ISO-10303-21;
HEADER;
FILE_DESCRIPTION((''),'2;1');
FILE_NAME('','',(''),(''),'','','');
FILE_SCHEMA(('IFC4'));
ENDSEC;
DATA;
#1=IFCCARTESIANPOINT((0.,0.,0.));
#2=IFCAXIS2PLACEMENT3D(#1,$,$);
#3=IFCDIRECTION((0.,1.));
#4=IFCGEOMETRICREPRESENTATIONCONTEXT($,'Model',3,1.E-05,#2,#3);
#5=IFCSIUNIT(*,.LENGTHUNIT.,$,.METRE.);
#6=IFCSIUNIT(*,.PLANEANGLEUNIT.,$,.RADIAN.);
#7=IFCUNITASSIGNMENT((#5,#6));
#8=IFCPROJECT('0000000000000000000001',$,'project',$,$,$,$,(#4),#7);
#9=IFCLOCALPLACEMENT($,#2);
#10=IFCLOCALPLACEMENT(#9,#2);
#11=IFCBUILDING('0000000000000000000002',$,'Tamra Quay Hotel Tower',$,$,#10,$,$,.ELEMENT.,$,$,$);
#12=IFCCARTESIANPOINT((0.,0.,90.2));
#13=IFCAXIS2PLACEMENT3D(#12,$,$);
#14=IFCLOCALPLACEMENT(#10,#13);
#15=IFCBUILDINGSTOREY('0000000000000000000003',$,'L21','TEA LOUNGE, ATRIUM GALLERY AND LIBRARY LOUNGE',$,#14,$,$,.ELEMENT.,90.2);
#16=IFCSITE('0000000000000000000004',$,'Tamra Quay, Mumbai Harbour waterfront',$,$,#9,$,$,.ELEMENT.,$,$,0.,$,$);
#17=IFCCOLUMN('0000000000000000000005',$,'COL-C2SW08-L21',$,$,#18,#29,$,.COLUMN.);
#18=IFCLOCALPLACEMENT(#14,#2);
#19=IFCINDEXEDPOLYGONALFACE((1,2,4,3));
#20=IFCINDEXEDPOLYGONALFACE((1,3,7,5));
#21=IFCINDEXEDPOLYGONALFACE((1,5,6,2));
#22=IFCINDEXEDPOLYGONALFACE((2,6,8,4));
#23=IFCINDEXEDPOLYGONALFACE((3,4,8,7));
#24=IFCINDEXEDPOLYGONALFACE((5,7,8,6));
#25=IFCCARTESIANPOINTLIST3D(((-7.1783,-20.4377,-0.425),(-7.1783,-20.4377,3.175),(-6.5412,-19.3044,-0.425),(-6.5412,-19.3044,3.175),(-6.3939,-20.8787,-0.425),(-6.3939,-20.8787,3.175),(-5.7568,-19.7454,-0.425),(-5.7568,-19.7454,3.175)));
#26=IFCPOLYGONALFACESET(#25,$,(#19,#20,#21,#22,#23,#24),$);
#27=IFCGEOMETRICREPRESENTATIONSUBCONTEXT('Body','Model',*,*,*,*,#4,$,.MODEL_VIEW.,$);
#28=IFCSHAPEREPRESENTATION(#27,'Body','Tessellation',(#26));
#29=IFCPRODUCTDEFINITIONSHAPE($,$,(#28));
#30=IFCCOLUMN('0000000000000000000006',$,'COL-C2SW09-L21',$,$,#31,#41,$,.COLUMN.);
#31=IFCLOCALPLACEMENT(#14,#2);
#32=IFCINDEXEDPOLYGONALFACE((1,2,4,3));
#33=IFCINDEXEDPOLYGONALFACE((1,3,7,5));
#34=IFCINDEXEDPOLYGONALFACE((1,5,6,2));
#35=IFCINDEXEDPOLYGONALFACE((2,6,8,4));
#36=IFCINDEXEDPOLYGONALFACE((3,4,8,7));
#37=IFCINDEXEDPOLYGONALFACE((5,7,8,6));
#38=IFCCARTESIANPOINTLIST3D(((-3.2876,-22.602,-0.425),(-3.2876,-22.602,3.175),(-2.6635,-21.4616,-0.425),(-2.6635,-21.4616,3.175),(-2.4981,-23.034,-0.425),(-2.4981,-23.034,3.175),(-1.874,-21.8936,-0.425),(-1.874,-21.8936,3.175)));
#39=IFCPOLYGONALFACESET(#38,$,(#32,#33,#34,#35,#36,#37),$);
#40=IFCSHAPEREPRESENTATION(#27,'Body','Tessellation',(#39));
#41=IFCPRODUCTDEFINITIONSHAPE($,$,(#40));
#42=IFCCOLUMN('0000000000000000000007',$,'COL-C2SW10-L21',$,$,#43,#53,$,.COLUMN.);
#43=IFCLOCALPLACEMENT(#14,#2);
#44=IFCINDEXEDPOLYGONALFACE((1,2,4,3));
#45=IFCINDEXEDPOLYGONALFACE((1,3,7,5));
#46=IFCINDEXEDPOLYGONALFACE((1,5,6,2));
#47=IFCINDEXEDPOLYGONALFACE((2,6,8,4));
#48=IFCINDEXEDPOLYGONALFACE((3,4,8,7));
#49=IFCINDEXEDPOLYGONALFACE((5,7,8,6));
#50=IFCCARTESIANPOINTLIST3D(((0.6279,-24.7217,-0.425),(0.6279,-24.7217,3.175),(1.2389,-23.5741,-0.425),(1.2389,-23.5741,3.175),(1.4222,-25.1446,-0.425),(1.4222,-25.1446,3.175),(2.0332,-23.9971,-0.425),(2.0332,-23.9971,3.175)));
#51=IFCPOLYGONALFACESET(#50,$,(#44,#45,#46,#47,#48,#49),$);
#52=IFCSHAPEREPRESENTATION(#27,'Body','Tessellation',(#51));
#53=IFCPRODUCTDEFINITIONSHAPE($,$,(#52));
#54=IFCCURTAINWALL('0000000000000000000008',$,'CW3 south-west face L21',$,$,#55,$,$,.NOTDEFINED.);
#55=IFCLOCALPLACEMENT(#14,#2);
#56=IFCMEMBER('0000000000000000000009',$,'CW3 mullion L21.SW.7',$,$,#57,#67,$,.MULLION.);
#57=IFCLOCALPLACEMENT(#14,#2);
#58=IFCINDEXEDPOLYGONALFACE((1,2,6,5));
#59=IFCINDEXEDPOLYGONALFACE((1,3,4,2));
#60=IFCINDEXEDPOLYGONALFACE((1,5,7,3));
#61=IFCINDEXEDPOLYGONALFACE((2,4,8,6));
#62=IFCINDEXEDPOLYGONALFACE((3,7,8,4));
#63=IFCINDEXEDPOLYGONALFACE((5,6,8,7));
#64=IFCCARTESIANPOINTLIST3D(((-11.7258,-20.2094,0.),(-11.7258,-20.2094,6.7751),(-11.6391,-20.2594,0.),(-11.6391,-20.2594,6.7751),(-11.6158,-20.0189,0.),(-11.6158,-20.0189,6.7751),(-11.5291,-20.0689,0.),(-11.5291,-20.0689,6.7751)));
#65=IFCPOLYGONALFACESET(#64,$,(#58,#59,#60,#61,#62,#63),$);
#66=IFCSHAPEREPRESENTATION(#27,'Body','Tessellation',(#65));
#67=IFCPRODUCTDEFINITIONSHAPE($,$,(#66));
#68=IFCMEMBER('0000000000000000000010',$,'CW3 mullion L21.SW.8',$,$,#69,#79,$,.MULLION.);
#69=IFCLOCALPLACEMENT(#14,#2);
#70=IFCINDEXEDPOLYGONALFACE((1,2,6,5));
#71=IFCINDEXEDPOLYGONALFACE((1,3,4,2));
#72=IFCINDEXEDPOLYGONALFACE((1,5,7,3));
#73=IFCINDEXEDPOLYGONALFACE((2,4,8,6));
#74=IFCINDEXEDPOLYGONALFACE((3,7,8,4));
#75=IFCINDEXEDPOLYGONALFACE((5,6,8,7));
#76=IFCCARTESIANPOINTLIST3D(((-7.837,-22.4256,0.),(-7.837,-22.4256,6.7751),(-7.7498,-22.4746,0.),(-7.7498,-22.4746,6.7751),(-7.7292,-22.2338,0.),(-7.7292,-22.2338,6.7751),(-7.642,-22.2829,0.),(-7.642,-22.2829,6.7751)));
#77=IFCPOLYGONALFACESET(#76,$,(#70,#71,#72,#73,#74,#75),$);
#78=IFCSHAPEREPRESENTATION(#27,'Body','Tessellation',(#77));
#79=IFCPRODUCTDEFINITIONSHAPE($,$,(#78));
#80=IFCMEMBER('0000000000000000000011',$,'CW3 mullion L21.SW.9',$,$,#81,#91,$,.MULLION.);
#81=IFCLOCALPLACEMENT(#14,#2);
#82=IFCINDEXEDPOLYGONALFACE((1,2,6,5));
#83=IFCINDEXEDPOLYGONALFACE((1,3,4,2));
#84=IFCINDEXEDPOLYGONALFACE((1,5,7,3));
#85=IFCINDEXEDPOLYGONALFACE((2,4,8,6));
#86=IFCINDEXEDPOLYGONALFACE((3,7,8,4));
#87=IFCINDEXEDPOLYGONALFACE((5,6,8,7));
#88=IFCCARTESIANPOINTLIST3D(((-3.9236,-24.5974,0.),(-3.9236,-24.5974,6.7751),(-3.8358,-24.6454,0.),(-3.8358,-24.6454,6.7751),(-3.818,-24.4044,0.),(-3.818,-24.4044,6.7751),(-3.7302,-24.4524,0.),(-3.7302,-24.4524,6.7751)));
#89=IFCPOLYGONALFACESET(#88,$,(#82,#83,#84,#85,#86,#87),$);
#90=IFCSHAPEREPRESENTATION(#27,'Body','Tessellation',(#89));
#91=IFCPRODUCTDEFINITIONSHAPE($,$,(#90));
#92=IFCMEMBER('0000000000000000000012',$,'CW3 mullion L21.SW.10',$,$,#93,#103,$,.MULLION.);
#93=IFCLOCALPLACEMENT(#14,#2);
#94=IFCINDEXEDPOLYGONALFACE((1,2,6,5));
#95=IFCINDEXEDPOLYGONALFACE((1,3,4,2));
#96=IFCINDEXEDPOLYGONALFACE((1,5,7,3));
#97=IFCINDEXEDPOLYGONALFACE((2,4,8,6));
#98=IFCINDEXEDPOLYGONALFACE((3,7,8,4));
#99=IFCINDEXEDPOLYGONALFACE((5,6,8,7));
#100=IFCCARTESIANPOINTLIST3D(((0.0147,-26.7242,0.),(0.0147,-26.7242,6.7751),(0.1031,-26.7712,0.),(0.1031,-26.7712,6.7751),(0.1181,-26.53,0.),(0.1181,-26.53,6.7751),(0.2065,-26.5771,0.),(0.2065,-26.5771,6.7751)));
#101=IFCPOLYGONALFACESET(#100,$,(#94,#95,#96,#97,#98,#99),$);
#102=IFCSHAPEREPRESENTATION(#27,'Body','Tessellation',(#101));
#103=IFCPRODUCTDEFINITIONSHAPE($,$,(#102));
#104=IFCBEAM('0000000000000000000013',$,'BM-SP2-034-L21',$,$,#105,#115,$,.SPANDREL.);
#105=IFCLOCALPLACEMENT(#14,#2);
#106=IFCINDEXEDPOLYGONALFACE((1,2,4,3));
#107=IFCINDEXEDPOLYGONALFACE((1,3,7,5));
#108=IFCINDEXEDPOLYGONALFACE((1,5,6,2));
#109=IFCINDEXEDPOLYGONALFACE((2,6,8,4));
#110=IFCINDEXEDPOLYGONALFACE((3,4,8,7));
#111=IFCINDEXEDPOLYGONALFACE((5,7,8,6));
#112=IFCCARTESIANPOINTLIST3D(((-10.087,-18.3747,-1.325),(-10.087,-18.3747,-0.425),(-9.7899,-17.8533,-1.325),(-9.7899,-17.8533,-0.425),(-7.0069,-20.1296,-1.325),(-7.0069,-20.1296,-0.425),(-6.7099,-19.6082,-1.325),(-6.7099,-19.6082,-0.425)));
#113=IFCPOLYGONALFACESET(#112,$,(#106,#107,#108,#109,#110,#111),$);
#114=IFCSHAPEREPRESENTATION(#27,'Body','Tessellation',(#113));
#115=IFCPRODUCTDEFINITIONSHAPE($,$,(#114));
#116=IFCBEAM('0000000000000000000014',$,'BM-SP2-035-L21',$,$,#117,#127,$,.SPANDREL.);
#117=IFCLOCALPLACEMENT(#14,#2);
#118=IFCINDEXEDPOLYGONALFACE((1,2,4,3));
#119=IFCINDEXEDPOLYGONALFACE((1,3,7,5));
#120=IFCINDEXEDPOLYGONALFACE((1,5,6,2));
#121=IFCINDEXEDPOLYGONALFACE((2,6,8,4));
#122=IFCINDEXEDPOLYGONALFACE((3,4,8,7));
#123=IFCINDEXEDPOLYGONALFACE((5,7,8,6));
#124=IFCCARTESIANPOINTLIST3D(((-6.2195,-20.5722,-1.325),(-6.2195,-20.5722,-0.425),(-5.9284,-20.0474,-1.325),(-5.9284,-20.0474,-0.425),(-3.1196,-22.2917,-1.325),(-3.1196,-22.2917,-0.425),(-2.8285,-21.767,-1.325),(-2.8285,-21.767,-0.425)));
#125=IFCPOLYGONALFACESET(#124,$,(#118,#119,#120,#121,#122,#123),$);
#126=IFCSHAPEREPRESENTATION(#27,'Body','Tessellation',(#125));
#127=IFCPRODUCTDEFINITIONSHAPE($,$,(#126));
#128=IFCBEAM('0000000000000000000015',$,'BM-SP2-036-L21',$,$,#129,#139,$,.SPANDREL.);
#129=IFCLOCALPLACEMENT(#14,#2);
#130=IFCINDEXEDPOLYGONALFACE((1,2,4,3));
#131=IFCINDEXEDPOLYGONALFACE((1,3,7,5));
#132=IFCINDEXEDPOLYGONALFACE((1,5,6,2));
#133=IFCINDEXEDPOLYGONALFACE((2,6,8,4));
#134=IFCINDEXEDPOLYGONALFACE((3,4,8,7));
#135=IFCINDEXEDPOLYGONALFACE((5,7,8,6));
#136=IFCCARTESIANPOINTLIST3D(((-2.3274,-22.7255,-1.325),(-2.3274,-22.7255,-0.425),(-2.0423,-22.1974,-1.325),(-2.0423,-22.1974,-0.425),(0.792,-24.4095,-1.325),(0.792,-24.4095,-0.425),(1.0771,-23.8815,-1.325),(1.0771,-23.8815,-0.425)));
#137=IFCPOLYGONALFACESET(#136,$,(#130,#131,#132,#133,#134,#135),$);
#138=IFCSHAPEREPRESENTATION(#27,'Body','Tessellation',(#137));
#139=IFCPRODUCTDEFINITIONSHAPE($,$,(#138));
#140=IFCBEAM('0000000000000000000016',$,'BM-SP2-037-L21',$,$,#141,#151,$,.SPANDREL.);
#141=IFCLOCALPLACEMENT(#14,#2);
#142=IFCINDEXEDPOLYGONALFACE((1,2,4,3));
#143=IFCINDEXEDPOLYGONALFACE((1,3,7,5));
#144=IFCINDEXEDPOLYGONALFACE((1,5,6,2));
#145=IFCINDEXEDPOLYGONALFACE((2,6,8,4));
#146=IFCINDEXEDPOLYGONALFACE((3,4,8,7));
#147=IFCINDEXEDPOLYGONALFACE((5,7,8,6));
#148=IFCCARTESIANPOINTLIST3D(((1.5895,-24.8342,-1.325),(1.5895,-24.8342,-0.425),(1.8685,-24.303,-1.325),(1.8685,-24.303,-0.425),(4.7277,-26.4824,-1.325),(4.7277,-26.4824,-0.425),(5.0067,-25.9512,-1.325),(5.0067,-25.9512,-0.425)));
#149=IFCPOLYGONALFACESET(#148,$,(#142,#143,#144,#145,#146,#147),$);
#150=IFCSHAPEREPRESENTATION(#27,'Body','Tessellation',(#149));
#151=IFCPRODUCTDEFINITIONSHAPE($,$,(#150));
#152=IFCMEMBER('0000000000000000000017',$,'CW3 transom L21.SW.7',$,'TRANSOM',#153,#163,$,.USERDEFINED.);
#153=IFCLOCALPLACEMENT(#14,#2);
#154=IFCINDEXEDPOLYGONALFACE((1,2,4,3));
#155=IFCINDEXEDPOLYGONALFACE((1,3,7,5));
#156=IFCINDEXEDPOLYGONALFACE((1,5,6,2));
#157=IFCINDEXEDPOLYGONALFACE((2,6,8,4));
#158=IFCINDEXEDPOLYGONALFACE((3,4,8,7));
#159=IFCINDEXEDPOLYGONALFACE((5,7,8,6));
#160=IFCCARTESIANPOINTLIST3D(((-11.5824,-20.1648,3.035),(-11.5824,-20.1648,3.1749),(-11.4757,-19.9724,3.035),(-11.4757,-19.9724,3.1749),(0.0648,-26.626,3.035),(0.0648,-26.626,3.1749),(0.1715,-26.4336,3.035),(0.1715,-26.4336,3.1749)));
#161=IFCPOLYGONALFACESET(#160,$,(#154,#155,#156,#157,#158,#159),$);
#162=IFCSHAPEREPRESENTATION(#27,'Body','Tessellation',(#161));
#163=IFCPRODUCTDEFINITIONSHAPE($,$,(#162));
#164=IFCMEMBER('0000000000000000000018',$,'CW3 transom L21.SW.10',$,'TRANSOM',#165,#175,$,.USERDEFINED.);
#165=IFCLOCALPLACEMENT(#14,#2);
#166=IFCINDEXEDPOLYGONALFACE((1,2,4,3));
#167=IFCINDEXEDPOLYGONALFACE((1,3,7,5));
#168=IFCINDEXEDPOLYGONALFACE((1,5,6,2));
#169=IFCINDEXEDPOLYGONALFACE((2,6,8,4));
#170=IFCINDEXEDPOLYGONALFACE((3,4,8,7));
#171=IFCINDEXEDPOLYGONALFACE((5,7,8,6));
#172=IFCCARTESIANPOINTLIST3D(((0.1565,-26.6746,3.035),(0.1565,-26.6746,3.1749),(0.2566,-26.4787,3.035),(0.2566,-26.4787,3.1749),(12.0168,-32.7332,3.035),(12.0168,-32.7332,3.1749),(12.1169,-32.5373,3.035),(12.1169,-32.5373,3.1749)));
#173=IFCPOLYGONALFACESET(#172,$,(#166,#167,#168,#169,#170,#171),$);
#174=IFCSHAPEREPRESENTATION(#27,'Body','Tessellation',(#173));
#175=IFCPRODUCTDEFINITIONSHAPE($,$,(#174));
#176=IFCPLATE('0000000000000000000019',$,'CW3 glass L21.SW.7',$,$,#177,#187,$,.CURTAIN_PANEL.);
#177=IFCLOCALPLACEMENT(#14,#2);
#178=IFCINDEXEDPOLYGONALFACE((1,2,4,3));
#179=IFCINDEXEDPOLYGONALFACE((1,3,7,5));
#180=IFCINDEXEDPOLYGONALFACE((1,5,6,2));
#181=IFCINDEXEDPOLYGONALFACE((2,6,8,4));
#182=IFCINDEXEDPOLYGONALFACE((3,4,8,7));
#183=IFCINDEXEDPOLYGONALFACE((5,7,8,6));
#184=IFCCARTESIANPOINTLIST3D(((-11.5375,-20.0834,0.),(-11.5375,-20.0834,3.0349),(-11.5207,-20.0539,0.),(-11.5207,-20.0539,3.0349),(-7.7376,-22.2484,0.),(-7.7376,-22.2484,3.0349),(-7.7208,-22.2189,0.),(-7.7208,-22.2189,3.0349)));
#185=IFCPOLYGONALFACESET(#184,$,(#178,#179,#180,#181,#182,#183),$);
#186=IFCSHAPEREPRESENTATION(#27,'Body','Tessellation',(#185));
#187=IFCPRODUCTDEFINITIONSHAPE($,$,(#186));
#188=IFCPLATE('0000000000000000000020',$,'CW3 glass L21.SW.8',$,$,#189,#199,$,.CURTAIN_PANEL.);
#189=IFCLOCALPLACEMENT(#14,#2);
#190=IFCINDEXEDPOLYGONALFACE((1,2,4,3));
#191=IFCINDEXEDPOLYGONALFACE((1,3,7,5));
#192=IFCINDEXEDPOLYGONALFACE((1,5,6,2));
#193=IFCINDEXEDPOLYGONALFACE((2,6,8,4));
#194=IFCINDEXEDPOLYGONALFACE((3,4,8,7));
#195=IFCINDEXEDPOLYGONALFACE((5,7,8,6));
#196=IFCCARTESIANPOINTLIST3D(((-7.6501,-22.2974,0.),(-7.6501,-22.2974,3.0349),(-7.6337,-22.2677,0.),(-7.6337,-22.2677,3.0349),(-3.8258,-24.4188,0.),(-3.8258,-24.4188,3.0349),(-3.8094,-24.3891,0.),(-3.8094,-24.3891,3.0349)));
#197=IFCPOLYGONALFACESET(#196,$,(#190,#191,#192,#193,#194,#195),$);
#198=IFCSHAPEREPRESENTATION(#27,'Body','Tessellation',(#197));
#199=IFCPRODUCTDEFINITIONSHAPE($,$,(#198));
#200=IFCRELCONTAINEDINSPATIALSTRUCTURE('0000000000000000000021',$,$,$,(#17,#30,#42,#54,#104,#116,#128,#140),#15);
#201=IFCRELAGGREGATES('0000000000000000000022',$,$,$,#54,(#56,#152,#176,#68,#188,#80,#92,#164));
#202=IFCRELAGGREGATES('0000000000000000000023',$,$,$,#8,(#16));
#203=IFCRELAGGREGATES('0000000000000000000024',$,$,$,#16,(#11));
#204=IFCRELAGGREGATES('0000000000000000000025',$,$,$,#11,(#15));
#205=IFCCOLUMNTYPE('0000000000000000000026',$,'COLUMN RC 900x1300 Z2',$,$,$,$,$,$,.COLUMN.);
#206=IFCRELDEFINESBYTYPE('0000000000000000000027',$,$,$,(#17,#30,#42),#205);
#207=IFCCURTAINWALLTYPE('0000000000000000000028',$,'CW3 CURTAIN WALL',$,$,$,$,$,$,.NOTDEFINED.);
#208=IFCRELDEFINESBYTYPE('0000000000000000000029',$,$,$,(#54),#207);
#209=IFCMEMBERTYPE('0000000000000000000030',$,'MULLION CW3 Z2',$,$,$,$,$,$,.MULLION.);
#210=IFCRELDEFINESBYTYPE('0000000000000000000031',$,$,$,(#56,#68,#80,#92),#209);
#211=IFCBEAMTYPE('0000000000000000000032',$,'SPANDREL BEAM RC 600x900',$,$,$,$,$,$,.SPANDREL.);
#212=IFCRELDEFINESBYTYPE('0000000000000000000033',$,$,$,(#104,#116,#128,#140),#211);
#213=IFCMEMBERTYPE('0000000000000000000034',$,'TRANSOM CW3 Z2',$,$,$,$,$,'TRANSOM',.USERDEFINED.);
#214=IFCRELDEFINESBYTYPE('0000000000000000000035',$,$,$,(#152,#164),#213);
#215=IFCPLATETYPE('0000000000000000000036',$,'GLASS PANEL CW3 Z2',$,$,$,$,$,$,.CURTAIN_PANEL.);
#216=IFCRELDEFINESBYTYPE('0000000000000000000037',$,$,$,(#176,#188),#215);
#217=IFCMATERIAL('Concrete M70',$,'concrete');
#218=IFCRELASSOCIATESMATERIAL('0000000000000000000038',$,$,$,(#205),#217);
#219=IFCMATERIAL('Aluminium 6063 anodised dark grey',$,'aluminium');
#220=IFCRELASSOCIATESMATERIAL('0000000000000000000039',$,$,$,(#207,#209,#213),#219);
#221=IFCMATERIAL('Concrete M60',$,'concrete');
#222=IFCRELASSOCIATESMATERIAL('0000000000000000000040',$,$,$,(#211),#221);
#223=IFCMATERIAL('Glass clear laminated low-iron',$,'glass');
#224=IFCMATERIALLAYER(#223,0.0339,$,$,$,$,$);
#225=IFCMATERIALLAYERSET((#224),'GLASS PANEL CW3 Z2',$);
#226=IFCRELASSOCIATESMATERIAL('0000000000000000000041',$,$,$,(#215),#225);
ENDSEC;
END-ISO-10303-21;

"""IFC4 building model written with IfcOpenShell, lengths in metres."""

from ifc_helpers import new_model, si_unit, direction, frame, origin, origin_2d, place, context, subcontext, project, spatial, rectangle, extrude, material, layer, layer_set, material_profile, profile_set, type_object, element, aggregate, save


model = new_model("IFC4")

# Units and contexts
model_context = context("Model", 3, precision=1e-05, world=origin(), true_north=direction((0.0, 1.0)))
body_context = subcontext(model_context, "Body", "Model", "MODEL_VIEW")
ifc_project = project(units=[si_unit("LENGTHUNIT", "METRE"), si_unit("PLANEANGLEUNIT", "RADIAN")], contexts=[model_context])

# Site, building, storey
site_placement = place(None, origin())
site = spatial("IfcSite", under=ifc_project, at=site_placement, Name="Tamra Quay, Mumbai Harbour waterfront", CompositionType="ELEMENT", RefElevation=0.0)
building_placement = place(site_placement, origin())
building = spatial("IfcBuilding", under=site, at=building_placement, Name="Tamra Quay Hotel Tower", CompositionType="ELEMENT")
storey_placement = place(building_placement, frame((0.0, 0.0, 90.2)))
storey = spatial("IfcBuildingStorey", under=building, at=storey_placement, Name="L21", Description="TEA LOUNGE, ATRIUM GALLERY AND LIBRARY LOUNGE", CompositionType="ELEMENT", Elevation=90.2)

# Columns
ifc_material_1 = material(Name="Concrete M70", Category="concrete")
ifc_material_profile_1 = material_profile(ifc_material_1, rectangle(XDim=1.3, YDim=0.8999, at=origin_2d()), Name="COLUMN RC 900x1300 Z2")
ifc_profile_set_1 = profile_set([ifc_material_profile_1], Name="Concrete M70")
column_type = type_object("IfcColumnType", Name="COLUMN RC 900x1300 Z2", PredefinedType="COLUMN", material=ifc_profile_set_1)
for number, where, z_axis, x_axis, name in (
    (1, (-6.4675, -20.0916, -0.425), (0.0, 0.0, 1.0), (0.490061, 0.871688, 0.0), "COL-C2SW08-L21"),
    (2, (-2.5808, -22.2478, -0.425), (0.0, 0.0, 1.0), (0.48006, 0.877236, 0.0), "COL-C2SW09-L21"),
    (3, (1.3306, -24.3594, -0.425), (0.0, 0.0, 1.0), (0.470002, 0.882666, 0.0), "COL-C2SW10-L21"),
):
    element("IfcColumn", number, at=place(storey_placement, frame(where, z_axis=z_axis, x_axis=x_axis)), inside=storey, type_object=column_type, Name=name, PredefinedType="COLUMN", context=body_context, shape_type="SweptSolid", body=[
        extrude(rectangle(XDim=1.3, YDim=0.8999, at=origin_2d()), origin(), (0.0, 0.0, 1.0), 3.6001),
    ])

# Curtain wall, members
ifc_material_2 = material(Name="Aluminium 6063 anodised dark grey", Category="aluminium")
curtain_wall_type = type_object("IfcCurtainWallType", Name="CW3 CURTAIN WALL", PredefinedType="NOTDEFINED", material=ifc_material_2)
curtain_wall_placement = place(storey_placement, origin())
curtain_wall = element("IfcCurtainWall", 4, at=curtain_wall_placement, inside=storey, type_object=curtain_wall_type, Name="CW3 south-west face L21", PredefinedType="NOTDEFINED")
ifc_material_profile_2 = material_profile(ifc_material_2, rectangle(XDim=0.22, YDim=0.1001, at=origin_2d()), Name="MULLION 100X220")
ifc_profile_set_2 = profile_set([ifc_material_profile_2], Name="Aluminium 6063 anodised dark grey")
member_type_1 = type_object("IfcMemberType", Name="MULLION CW3 Z2", PredefinedType="MULLION", material=ifc_profile_set_2)
member_1_placement = place(storey_placement, frame((-11.6274, -20.1392, 0.0), z_axis=(0.0, 0.0, 1.0), x_axis=(-0.5, -0.866025, 0.0)))
member_1 = element("IfcMember", 5, at=member_1_placement, type_object=member_type_1, Name="CW3 mullion L21.SW.7", PredefinedType="MULLION", context=body_context, shape_type="SweptSolid", body=[
    extrude(rectangle(XDim=0.22, YDim=0.1001, at=origin_2d()), origin(), (0.0, 0.0, 1.0), 6.7751),
])
member_2_placement = place(storey_placement, frame((-7.7395, -22.3542, 0.0), z_axis=(0.0, 0.0, 1.0), x_axis=(-0.490074, -0.871681, 0.0)))
member_2 = element("IfcMember", 6, at=member_2_placement, type_object=member_type_1, Name="CW3 mullion L21.SW.8", PredefinedType="MULLION", context=body_context, shape_type="SweptSolid", body=[
    extrude(rectangle(XDim=0.22, YDim=0.1001, at=origin_2d()), origin(), (0.0, 0.0, 1.0), 6.7751),
])
member_3_placement = place(storey_placement, frame((-3.8269, -24.5249, 0.0), z_axis=(0.0, 0.0, 1.0), x_axis=(-0.480089, -0.87722, 0.0)))
member_3 = element("IfcMember", 7, at=member_3_placement, type_object=member_type_1, Name="CW3 mullion L21.SW.9", PredefinedType="MULLION", context=body_context, shape_type="SweptSolid", body=[
    extrude(rectangle(XDim=0.22, YDim=0.1001, at=origin_2d()), origin(), (0.0, 0.0, 1.0), 6.7751),
])
member_4_placement = place(storey_placement, frame((0.1106, -26.6506, 0.0), z_axis=(0.0, 0.0, 1.0), x_axis=(-0.470049, -0.88264, 0.0)))
member_4 = element("IfcMember", 8, at=member_4_placement, type_object=member_type_1, Name="CW3 mullion L21.SW.10", PredefinedType="MULLION", context=body_context, shape_type="SweptSolid", body=[
    extrude(rectangle(XDim=0.22, YDim=0.1001, at=origin_2d()), origin(), (0.0, 0.0, 1.0), 6.7751),
])

# Beams
ifc_material_3 = material(Name="Concrete M60", Category="concrete")
ifc_material_profile_3 = material_profile(ifc_material_3, rectangle(XDim=0.6001, YDim=0.8999, at=origin_2d()), Name="SPANDREL BEAM RC 600x900")
ifc_profile_set_3 = profile_set([ifc_material_profile_3], Name="Concrete M60")
beam_type = type_object("IfcBeamType", Name="SPANDREL BEAM RC 600x900", PredefinedType="SPANDREL", material=ifc_profile_set_3)
for number, where, z_axis, x_axis, name in (
    (9, (-9.9385, -18.114, -0.875), (0.86887, -0.495041, 0.0), (0.495041, 0.86887, 0.0), "BM-SP2-034-L21"),
    (10, (-6.074, -20.3098, -0.875), (0.874475, -0.48507, 0.0), (0.48507, 0.874475, 0.0), "BM-SP2-035-L21"),
    (11, (-2.1848, -22.4614, -0.875), (0.879951, -0.475065, 0.0), (0.475065, 0.879951, 0.0), "BM-SP2-036-L21"),
):
    element("IfcBeam", number, at=place(storey_placement, frame(where, z_axis=z_axis, x_axis=x_axis)), inside=storey, type_object=beam_type, Name=name, PredefinedType="SPANDREL", context=body_context, shape_type="SweptSolid", body=[
        extrude(rectangle(XDim=0.6001, YDim=0.8999, at=origin_2d()), origin(), (0.0, 0.0, 1.0), 3.5449),
    ])
beam_placement = place(storey_placement, frame((1.729, -24.5686, -0.875), z_axis=(0.885323, -0.464977, 0.0), x_axis=(0.464977, 0.885323, 0.0)))
element("IfcBeam", 12, at=beam_placement, inside=storey, type_object=beam_type, Name="BM-SP2-037-L21", PredefinedType="SPANDREL", context=body_context, shape_type="SweptSolid", body=[
    extrude(rectangle(XDim=0.6001, YDim=0.8999, at=origin_2d()), origin(), (0.0, 0.0, 1.0), 3.5447),
])

# Members
ifc_material_profile_4 = material_profile(ifc_material_2, rectangle(XDim=0.22, YDim=0.1399, at=origin_2d()), Name="TRANSOM 220X140")
ifc_profile_set_4 = profile_set([ifc_material_profile_4], Name="Aluminium 6063 anodised dark grey")
member_type_2 = type_object("IfcMemberType", Name="TRANSOM CW3 Z2", ElementType="TRANSOM", PredefinedType="USERDEFINED", material=ifc_profile_set_4)
member_5_placement = place(storey_placement, frame((-11.5291, -20.0686, 3.105), z_axis=(0.87446, -0.485098, 0.0), x_axis=(0.485098, 0.87446, 0.0)))
member_5 = element("IfcMember", 13, at=member_5_placement, type_object=member_type_2, Name="CW3 transom L21.SW.7", ObjectType="TRANSOM", PredefinedType="USERDEFINED", context=body_context, shape_type="SweptSolid", body=[
    extrude(rectangle(XDim=0.22, YDim=0.1399, at=origin_2d()), origin(), (0.0, 0.0, 1.0), 13.3193),
])
member_6_placement = place(storey_placement, frame((0.2065, -26.5767, 3.105), z_axis=(0.890537, -0.454911, 0.0), x_axis=(0.454911, 0.890537, 0.0)))
member_6 = element("IfcMember", 14, at=member_6_placement, type_object=member_type_2, Name="CW3 transom L21.SW.10", ObjectType="TRANSOM", PredefinedType="USERDEFINED", context=body_context, shape_type="SweptSolid", body=[
    extrude(rectangle(XDim=0.22, YDim=0.1399, at=origin_2d()), origin(), (0.0, 0.0, 1.0), 13.3181),
])

# Plates
ifc_material_4 = material(Name="Glass clear laminated low-iron", Category="glass")
ifc_layer_1 = layer(ifc_material_4, 0.0339)
ifc_layer_set_1 = layer_set([ifc_layer_1], Name="GLASS PANEL CW3 Z2")
plate_type = type_object("IfcPlateType", Name="GLASS PANEL CW3 Z2", PredefinedType="CURTAIN_PANEL", material=ifc_layer_set_1)
plate_1_placement = place(storey_placement, frame((-9.6292, -21.1511, 0.0), z_axis=(0.0, 0.0, 1.0), x_axis=(0.868868, -0.495045, 0.0)))
plate_1 = element("IfcPlate", 15, at=plate_1_placement, type_object=plate_type, Name="CW3 glass L21.SW.7", PredefinedType="CURTAIN_PANEL", context=body_context, shape_type="SweptSolid", body=[
    extrude(rectangle(XDim=4.3733, YDim=0.0339, at=origin_2d()), origin(), (0.0, 0.0, 1.0), 3.0349),
])
plate_2_placement = place(storey_placement, frame((-5.7297, -23.3433, 0.0), z_axis=(0.0, 0.0, 1.0), x_axis=(0.874465, -0.485088, 0.0)))
plate_2 = element("IfcPlate", 16, at=plate_2_placement, type_object=plate_type, Name="CW3 glass L21.SW.8", PredefinedType="CURTAIN_PANEL", context=body_context, shape_type="SweptSolid", body=[
    extrude(rectangle(XDim=4.3733, YDim=0.0339, at=origin_2d()), origin(), (0.0, 0.0, 1.0), 3.0349),
])
aggregate(curtain_wall, [member_1, member_5, plate_1, member_2, plate_2, member_3, member_4, member_6])

save(model, "model.ifc")
